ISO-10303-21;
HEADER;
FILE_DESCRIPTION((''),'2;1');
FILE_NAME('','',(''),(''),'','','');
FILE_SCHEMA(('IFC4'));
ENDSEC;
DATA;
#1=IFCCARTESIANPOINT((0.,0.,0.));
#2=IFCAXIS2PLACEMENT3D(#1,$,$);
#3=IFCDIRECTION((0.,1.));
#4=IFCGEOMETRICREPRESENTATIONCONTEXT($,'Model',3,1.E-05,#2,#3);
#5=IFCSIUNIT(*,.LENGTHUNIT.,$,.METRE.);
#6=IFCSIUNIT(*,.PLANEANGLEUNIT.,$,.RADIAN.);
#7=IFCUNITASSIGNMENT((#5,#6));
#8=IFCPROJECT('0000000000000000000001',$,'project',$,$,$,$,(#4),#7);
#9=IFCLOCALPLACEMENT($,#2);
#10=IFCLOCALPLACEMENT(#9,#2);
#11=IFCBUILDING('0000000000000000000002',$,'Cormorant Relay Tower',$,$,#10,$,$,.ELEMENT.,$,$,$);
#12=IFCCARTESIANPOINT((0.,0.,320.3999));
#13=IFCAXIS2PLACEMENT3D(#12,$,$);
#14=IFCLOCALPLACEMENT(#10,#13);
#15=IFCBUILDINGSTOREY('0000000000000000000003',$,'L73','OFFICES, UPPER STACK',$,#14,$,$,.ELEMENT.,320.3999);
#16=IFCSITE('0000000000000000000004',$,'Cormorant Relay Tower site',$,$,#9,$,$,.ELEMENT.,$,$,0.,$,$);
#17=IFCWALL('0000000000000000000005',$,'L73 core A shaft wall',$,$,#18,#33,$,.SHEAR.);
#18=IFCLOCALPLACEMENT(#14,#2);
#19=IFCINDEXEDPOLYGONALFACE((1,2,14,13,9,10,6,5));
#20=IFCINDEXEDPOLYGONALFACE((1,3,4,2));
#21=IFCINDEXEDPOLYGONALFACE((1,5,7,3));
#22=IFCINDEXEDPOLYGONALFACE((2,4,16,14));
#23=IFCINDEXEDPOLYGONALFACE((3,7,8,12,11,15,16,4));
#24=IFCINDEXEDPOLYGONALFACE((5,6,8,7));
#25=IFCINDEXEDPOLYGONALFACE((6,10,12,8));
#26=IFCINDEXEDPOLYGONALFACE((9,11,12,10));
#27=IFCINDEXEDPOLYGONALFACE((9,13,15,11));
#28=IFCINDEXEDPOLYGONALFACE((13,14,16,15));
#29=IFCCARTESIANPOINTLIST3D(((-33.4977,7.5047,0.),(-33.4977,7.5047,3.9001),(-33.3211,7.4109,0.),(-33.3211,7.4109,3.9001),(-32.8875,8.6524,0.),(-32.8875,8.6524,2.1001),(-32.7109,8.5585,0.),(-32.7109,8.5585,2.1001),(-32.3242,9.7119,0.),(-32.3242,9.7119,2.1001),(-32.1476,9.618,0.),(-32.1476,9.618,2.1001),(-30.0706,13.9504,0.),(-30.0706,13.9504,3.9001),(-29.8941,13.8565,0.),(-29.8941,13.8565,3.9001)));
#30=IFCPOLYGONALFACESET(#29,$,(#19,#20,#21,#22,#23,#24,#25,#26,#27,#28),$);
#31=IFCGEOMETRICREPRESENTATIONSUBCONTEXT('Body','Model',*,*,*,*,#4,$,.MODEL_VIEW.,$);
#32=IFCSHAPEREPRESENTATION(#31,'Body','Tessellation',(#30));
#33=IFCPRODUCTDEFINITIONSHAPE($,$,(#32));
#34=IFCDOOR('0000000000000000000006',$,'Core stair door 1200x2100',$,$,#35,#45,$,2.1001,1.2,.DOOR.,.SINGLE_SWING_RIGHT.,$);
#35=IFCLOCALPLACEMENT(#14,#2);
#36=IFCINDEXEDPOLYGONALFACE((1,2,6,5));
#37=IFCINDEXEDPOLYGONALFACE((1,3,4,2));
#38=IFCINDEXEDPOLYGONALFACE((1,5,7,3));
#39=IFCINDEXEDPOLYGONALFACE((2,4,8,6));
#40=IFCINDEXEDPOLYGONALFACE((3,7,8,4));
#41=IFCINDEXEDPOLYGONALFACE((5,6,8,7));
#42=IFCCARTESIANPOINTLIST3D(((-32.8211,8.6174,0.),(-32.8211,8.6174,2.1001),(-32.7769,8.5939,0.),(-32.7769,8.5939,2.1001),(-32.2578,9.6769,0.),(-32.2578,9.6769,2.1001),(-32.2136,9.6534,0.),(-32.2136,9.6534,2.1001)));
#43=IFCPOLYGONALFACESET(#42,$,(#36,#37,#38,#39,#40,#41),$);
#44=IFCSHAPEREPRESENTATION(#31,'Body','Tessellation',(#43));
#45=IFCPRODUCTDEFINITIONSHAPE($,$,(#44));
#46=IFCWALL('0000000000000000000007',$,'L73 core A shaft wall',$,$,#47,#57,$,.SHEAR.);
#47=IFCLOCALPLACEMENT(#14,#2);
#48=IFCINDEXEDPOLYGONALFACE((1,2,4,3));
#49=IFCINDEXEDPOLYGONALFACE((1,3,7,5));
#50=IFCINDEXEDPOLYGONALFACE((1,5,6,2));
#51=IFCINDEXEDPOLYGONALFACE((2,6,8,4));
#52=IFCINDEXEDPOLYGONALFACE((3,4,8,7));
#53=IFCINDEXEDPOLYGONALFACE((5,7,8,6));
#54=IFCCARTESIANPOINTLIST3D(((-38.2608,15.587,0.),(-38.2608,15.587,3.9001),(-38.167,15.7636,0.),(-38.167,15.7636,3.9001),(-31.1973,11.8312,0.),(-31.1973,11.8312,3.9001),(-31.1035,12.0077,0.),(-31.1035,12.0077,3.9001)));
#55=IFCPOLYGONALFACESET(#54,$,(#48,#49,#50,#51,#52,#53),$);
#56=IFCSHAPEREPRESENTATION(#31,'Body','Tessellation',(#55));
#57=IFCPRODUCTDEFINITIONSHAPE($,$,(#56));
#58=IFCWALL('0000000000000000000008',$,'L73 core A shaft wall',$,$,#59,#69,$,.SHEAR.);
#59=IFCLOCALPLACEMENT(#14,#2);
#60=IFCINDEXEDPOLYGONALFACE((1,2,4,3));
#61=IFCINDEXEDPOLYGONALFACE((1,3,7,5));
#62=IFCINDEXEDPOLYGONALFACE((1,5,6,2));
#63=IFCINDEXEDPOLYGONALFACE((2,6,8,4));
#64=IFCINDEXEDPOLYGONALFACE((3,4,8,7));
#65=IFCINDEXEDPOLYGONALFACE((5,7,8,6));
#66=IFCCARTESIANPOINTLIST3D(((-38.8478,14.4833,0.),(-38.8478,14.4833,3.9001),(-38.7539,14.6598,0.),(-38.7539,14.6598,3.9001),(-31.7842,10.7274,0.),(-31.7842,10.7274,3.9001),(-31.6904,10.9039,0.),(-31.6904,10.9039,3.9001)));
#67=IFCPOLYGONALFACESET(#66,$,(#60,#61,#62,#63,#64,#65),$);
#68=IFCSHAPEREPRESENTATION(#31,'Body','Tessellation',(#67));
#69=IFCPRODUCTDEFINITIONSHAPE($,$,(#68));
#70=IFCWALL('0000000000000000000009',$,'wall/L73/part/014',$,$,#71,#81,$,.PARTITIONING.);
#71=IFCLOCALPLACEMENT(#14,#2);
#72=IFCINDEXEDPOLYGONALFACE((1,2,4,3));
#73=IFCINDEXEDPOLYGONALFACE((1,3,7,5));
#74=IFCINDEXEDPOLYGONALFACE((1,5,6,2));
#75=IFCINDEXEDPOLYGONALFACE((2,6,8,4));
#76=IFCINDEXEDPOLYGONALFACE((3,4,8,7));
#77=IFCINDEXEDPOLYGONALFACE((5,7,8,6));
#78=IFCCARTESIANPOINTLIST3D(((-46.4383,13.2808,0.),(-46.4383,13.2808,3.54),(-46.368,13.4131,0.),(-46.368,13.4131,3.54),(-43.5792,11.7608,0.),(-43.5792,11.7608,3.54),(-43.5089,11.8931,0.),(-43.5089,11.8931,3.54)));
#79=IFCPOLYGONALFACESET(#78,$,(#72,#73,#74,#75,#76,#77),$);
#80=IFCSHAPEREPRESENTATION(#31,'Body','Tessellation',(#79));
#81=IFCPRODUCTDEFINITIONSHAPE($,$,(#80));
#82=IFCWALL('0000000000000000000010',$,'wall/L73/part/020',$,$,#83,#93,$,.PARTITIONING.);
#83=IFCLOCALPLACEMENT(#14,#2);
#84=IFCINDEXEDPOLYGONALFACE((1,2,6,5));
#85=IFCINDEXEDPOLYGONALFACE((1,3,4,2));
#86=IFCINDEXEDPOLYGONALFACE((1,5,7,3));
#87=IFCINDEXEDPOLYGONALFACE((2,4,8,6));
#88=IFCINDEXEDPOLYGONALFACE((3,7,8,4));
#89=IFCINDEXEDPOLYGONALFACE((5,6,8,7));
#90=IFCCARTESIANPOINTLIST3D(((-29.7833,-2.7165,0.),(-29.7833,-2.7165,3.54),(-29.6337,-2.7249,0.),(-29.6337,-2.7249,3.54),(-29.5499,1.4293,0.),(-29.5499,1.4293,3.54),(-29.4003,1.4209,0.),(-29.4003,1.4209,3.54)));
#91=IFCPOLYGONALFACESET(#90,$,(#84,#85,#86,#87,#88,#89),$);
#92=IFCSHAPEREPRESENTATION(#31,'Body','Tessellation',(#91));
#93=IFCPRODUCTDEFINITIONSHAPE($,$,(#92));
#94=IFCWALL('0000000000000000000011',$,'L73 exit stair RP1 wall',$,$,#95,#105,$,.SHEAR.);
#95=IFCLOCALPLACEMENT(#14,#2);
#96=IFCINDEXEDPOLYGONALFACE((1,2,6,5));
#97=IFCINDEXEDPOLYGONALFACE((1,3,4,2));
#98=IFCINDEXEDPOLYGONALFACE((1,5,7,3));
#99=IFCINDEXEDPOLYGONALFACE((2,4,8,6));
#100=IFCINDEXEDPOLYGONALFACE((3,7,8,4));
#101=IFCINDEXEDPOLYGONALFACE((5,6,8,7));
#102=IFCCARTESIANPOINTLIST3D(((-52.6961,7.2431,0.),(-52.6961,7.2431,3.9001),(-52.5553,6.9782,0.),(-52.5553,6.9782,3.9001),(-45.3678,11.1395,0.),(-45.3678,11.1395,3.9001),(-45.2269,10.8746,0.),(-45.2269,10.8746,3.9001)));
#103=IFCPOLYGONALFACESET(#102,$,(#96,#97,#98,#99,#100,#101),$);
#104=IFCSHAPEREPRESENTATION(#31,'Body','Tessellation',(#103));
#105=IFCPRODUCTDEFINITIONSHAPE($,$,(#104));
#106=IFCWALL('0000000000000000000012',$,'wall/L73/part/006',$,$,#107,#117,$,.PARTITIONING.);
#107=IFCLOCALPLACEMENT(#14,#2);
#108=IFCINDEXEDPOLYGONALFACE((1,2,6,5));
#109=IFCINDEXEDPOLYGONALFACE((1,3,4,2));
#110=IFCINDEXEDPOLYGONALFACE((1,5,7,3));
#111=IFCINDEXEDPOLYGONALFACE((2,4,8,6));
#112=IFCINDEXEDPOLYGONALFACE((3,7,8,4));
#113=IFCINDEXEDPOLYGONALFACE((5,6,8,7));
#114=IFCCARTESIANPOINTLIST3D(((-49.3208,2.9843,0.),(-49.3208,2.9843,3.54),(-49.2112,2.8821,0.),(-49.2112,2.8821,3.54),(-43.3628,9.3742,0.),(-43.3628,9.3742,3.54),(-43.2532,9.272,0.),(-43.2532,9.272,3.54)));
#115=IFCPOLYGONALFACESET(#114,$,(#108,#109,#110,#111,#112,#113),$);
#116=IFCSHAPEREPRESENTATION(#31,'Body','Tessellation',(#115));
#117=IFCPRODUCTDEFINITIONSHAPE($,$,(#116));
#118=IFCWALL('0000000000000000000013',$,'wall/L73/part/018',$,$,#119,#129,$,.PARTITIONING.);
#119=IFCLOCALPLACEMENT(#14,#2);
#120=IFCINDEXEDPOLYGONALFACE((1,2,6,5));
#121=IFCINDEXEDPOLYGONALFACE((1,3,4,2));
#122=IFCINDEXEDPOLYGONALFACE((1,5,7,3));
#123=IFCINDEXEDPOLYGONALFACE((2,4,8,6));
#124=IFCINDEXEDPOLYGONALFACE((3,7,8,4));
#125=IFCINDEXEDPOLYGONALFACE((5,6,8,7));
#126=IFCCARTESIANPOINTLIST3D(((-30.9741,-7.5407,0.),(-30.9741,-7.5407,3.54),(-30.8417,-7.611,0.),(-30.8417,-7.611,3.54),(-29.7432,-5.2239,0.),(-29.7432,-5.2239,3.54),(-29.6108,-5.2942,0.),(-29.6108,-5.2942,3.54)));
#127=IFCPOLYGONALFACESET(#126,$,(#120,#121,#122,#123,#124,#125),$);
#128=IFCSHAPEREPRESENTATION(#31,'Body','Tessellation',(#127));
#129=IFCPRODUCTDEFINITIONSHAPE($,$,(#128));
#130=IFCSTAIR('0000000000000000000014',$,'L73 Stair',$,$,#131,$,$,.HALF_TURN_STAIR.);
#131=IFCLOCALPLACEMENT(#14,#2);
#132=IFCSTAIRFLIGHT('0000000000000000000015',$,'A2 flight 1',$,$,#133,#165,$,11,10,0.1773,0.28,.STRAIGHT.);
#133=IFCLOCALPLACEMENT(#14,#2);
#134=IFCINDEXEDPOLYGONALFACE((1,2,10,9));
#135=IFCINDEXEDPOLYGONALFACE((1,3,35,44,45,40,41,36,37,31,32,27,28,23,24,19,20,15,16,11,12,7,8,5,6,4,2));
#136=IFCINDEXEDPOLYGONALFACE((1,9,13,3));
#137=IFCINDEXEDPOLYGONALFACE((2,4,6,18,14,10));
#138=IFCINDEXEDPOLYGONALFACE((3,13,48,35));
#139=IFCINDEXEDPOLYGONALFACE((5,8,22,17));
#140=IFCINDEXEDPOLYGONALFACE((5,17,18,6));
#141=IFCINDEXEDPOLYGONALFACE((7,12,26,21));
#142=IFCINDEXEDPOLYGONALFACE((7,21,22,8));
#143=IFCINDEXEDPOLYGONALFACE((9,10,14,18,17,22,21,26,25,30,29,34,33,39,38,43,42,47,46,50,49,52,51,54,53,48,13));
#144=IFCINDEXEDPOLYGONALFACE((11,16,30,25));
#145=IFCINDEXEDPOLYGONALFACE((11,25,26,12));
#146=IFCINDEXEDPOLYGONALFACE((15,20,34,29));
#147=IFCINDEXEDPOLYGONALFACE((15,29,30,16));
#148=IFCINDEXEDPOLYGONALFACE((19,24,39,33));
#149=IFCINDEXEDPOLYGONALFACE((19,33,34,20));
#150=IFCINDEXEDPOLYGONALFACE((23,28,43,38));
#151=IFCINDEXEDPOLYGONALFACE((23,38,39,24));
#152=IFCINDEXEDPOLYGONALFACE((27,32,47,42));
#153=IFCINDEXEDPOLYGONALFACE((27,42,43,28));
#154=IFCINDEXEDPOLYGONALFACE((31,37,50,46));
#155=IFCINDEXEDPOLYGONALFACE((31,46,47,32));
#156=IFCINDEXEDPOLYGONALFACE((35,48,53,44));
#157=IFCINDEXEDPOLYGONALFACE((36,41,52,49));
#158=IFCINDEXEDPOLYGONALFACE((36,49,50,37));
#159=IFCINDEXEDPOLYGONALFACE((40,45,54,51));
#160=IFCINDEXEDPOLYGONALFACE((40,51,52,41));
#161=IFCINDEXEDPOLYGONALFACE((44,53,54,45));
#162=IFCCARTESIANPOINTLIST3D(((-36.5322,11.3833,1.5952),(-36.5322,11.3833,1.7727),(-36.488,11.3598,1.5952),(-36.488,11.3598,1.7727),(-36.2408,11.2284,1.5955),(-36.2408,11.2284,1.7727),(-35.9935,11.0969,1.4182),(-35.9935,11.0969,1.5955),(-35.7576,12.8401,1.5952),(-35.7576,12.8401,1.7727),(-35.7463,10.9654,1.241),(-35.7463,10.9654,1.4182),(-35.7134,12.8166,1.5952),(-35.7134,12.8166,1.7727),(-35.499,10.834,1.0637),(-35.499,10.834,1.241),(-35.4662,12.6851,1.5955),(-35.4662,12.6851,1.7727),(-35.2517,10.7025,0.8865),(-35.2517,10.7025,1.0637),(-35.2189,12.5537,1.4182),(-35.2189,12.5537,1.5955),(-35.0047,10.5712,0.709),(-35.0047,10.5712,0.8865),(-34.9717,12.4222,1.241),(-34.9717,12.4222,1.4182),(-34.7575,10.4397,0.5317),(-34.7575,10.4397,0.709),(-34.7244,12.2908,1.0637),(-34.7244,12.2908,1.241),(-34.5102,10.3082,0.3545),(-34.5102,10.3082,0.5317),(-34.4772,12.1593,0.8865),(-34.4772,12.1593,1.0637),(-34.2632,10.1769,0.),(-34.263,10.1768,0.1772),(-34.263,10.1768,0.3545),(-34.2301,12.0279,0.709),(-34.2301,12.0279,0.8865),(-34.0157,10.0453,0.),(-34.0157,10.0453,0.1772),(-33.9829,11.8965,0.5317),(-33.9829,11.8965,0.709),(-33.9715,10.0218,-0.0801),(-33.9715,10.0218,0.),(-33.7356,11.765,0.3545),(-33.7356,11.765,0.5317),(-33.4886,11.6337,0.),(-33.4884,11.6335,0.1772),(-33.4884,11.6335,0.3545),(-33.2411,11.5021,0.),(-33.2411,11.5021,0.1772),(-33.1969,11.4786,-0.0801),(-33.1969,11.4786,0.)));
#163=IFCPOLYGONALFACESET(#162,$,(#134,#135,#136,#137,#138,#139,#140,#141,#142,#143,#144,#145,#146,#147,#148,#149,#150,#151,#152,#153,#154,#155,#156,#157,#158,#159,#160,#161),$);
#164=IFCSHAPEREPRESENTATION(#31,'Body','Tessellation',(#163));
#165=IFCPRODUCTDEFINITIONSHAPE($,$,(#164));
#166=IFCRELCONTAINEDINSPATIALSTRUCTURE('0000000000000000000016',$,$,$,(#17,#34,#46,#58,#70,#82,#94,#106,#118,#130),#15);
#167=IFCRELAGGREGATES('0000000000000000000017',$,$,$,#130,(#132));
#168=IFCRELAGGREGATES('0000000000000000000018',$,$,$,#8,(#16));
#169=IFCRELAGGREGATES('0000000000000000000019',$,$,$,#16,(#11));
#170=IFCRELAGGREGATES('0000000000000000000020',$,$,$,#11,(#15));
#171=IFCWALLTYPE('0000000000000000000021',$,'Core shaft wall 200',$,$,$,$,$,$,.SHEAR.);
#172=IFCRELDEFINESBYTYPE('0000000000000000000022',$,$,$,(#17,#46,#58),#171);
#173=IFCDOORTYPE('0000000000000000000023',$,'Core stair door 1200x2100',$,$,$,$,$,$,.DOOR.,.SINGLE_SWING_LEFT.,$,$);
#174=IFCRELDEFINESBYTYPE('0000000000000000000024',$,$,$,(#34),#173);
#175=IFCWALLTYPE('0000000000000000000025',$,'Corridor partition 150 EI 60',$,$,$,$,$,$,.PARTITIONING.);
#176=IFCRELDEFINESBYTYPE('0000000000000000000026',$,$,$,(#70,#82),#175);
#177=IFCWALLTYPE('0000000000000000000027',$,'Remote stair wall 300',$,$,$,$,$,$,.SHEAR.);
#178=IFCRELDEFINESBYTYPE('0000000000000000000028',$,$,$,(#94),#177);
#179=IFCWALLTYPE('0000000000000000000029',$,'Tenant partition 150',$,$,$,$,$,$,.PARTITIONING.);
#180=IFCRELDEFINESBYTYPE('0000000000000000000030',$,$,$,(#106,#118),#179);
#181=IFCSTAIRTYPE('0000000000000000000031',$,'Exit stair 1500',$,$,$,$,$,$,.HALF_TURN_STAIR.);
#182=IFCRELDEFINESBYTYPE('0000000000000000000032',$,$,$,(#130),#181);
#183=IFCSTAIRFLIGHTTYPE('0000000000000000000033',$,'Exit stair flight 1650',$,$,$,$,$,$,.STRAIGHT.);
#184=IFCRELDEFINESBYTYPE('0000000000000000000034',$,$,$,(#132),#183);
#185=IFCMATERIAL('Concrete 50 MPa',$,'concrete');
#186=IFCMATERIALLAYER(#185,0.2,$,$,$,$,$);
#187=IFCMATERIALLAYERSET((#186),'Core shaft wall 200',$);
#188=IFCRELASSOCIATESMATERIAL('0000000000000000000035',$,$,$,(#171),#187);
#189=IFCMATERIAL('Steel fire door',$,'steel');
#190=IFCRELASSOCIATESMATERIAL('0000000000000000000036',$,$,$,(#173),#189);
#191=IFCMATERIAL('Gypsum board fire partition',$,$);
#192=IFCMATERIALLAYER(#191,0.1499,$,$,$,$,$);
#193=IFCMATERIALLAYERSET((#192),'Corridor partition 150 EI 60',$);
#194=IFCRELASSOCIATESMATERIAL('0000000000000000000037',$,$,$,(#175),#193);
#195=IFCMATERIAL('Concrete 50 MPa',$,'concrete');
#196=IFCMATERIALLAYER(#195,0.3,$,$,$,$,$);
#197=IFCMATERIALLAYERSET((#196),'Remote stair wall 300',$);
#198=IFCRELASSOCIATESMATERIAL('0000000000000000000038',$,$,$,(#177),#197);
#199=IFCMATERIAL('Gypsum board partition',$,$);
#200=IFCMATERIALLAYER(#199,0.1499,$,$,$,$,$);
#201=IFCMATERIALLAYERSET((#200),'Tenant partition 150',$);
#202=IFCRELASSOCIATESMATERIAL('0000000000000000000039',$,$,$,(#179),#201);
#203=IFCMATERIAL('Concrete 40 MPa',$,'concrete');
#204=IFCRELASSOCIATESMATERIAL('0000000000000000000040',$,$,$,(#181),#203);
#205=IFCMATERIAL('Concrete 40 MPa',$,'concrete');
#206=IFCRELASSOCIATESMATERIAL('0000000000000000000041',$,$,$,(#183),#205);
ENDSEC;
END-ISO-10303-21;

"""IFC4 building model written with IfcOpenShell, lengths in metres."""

from ifc_helpers import new_model, si_unit, direction, frame, frame_2d, origin, place, context, subcontext, project, spatial, polyline, rectangle, outline, extrude, material, layer, layer_set, type_object, element, fill, aggregate, save


model = new_model("IFC4")

# Units and contexts
model_context = context("Model", 3, precision=1e-05, world=origin(), true_north=direction((0.0, 1.0)))
body_context = subcontext(model_context, "Body", "Model", "MODEL_VIEW")
ifc_project = project(units=[si_unit("LENGTHUNIT", "METRE"), si_unit("PLANEANGLEUNIT", "RADIAN")], contexts=[model_context])

# Site, building, storey
site_placement = place(None, origin())
site = spatial("IfcSite", under=ifc_project, at=site_placement, Name="Cormorant Relay Tower site", CompositionType="ELEMENT", RefElevation=0.0)
building_placement = place(site_placement, origin())
building = spatial("IfcBuilding", under=site, at=building_placement, Name="Cormorant Relay Tower", CompositionType="ELEMENT")
storey_placement = place(building_placement, frame((0.0, 0.0, 320.3999)))
storey = spatial("IfcBuildingStorey", under=building, at=storey_placement, Name="L73", Description="OFFICES, UPPER STACK", CompositionType="ELEMENT", Elevation=320.3999)

# Wall, opening, door
ifc_material_1 = material(Name="Concrete 50 MPa", Category="concrete")
ifc_layer_1 = layer(ifc_material_1, 0.2)
ifc_layer_set_1 = layer_set([ifc_layer_1], Name="Core shaft wall 200")
wall_type_1 = type_object("IfcWallType", Name="Core shaft wall 200", PredefinedType="SHEAR", material=ifc_layer_set_1)
wall_1_placement = place(storey_placement, frame((-29.9824, 13.9033, 0.0), z_axis=(0.0, 0.0, 1.0), x_axis=(-0.469454, -0.882957, 0.0)))
wall_1 = element("IfcWall", 1, at=wall_1_placement, inside=storey, type_object=wall_type_1, Name="L73 core A shaft wall", PredefinedType="SHEAR", context=body_context, shape_type="SweptSolid", body=[
    extrude(rectangle(XDim=7.3, YDim=0.2, at=frame_2d((3.6499, 0.0))), origin(), (0.0, 0.0, 1.0), 3.9001),
])
opening_placement = place(wall_1_placement, frame((4.8, 0.0, 0.0)))
opening = element("IfcOpeningElement", 2, at=opening_placement, cuts=wall_1, PredefinedType="OPENING", context=body_context, shape_type="SweptSolid", body=[
    extrude(rectangle(XDim=1.2, YDim=2.1001, at=frame_2d((0.6001, 1.05))), frame((0.0, 0.1099, 0.0), z_axis=(0.0, -1.0, 0.0), x_axis=(1.0, 0.0, 0.0)), (0.0, 0.0, 1.0), 0.22),
])
ifc_material_2 = material(Name="Steel fire door", Category="steel")
door_type = type_object("IfcDoorType", Name="Core stair door 1200x2100", OperationType="SINGLE_SWING_LEFT", PredefinedType="DOOR", material=ifc_material_2)
door_placement = place(opening_placement, frame((1.2, 0.0, 0.0), z_axis=(0.0, 0.0, 1.0), x_axis=(-1.0, 0.0, 0.0)))
door = element("IfcDoor", 3, at=door_placement, inside=storey, type_object=door_type, Name="Core stair door 1200x2100", OperationType="SINGLE_SWING_RIGHT", OverallHeight=2.1001, OverallWidth=1.2, PredefinedType="DOOR", context=body_context, shape_type="SweptSolid", body=[
    extrude(rectangle(XDim=1.2, YDim=2.1001, at=frame_2d((0.6001, 1.05))), frame((0.0, 0.0249, 0.0), z_axis=(0.0, -1.0, 0.0), x_axis=(1.0, 0.0, 0.0)), (0.0, 0.0, 1.0), 0.05),
])
fill(opening, door)

# Walls
for number, where, z_axis, x_axis, name in (
    (4, (-31.1504, 11.9194, 0.0), (0.0, 0.0, 1.0), (-0.88294, 0.469485, 0.0), "L73 core A shaft wall"),
    (5, (-31.7373, 10.8157, 0.0), (0.0, 0.0, 1.0), (-0.88294, 0.469485, 0.0), "L73 core A shaft wall"),
):
    element("IfcWall", number, at=place(storey_placement, frame(where, z_axis=z_axis, x_axis=x_axis)), inside=storey, type_object=wall_type_1, Name=name, PredefinedType="SHEAR", context=body_context, shape_type="SweptSolid", body=[
        extrude(rectangle(XDim=8.0, YDim=0.2, at=frame_2d((4.0, 0.0))), origin(), (0.0, 0.0, 1.0), 3.9001),
    ])
ifc_material_3 = material(Name="Gypsum board fire partition")
ifc_layer_2 = layer(ifc_material_3, 0.1499)
ifc_layer_set_2 = layer_set([ifc_layer_2], Name="Corridor partition 150 EI 60")
wall_type_2 = type_object("IfcWallType", Name="Corridor partition 150 EI 60", PredefinedType="PARTITIONING", material=ifc_layer_set_2)
wall_2_placement = place(storey_placement, frame((-43.5439, 11.8269, 0.0), z_axis=(0.0, 0.0, 1.0), x_axis=(-0.882974, 0.469422, 0.0)))
element("IfcWall", 6, at=wall_2_placement, inside=storey, type_object=wall_type_2, Name="wall/L73/part/014", PredefinedType="PARTITIONING", context=body_context, shape_type="SweptSolid", body=[
    extrude(rectangle(XDim=3.238, YDim=0.1499, at=frame_2d((1.6191, 0.0))), origin(), (0.0, 0.0, 1.0), 3.54),
])
wall_3_placement = place(storey_placement, frame((-29.7085, -2.7207, 0.0), z_axis=(0.0, 0.0, 1.0), x_axis=(0.056209, 0.998419, 0.0)))
element("IfcWall", 7, at=wall_3_placement, inside=storey, type_object=wall_type_2, Name="wall/L73/part/020", PredefinedType="PARTITIONING", context=body_context, shape_type="SweptSolid", body=[
    extrude(rectangle(XDim=4.1523, YDim=0.1499, at=frame_2d((2.0762, 0.0))), origin(), (0.0, 0.0, 1.0), 3.54),
])
ifc_material_4 = material(Name="Concrete 50 MPa", Category="concrete")
ifc_layer_3 = layer(ifc_material_4, 0.3)
ifc_layer_set_3 = layer_set([ifc_layer_3], Name="Remote stair wall 300")
wall_type_3 = type_object("IfcWallType", Name="Remote stair wall 300", PredefinedType="SHEAR", material=ifc_layer_set_3)
wall_4_placement = place(storey_placement, frame((-45.2974, 11.0071, 0.0), z_axis=(0.0, 0.0, 1.0), x_axis=(-0.882952, -0.469464, 0.0)))
element("IfcWall", 8, at=wall_4_placement, inside=storey, type_object=wall_type_3, Name="L73 exit stair RP1 wall", PredefinedType="SHEAR", context=body_context, shape_type="SweptSolid", body=[
    extrude(rectangle(XDim=8.2998, YDim=0.3, at=frame_2d((4.1499, 0.0))), origin(), (0.0, 0.0, 1.0), 3.9001),
])
ifc_material_5 = material(Name="Gypsum board partition")
ifc_layer_4 = layer(ifc_material_5, 0.1499)
ifc_layer_set_4 = layer_set([ifc_layer_4], Name="Tenant partition 150")
wall_type_4 = type_object("IfcWallType", Name="Tenant partition 150", PredefinedType="PARTITIONING", material=ifc_layer_set_4)
wall_5_placement = place(storey_placement, frame((-43.3081, 9.323, 0.0), z_axis=(0.0, 0.0, 1.0), x_axis=(-0.681958, -0.731392, 0.0)))
element("IfcWall", 9, at=wall_5_placement, inside=storey, type_object=wall_type_4, Name="wall/L73/part/006", PredefinedType="PARTITIONING", context=body_context, shape_type="SweptSolid", body=[
    extrude(rectangle(XDim=8.7366, YDim=0.1499, at=frame_2d((4.3682, 0.0))), origin(), (0.0, 0.0, 1.0), 3.54),
])
wall_6_placement = place(storey_placement, frame((-29.677, -5.259, 0.0), z_axis=(0.0, 0.0, 1.0), x_axis=(-0.469187, -0.883099, 0.0)))
element("IfcWall", 10, at=wall_6_placement, inside=storey, type_object=wall_type_4, Name="wall/L73/part/018", PredefinedType="PARTITIONING", context=body_context, shape_type="SweptSolid", body=[
    extrude(rectangle(XDim=2.6235, YDim=0.1499, at=frame_2d((1.3118, 0.0))), origin(), (0.0, 0.0, 1.0), 3.54),
])

# Stair, stair flight
ifc_material_6 = material(Name="Concrete 40 MPa", Category="concrete")
stair_type = type_object("IfcStairType", Name="Exit stair 1500", PredefinedType="HALF_TURN_STAIR", material=ifc_material_6)
stair_placement = place(storey_placement, origin())
stair = element("IfcStair", 11, at=stair_placement, inside=storey, type_object=stair_type, Name="L73 Stair", PredefinedType="HALF_TURN_STAIR")
ifc_material_7 = material(Name="Concrete 40 MPa", Category="concrete")
stair_flight_type = type_object("IfcStairFlightType", Name="Exit stair flight 1650", PredefinedType="STRAIGHT", material=ifc_material_7)
stair_flight_1_placement = place(storey_placement, frame((-33.6284, 10.7737, 0.0), z_axis=(0.0, 0.0, 1.0), x_axis=(-0.882948, 0.469472, 0.0)))
stair_flight_1 = element("IfcStairFlight", 12, at=stair_flight_1_placement, type_object=stair_flight_type, Name="A2 flight 1", NumberOfRisers=11, NumberOfTreads=10, PredefinedType="STRAIGHT", RiserHeight=0.1773, TreadLength=0.28, context=body_context, shape_type="SweptSolid", body=[
    extrude(outline(polyline([(-0.05, -0.0801), (-0.05, 0.0), (0.0, 0.0), (0.0, 0.1772), (0.28, 0.1772), (0.28, 0.3545), (0.5601, 0.3545), (0.5601, 0.5317), (0.8401, 0.5317), (0.8401, 0.709), (1.1201, 0.709), (1.1201, 0.8865), (1.3999, 0.8865), (1.3999, 1.0637), (1.6799, 1.0637), (1.6799, 1.241), (1.96, 1.241), (1.96, 1.4182), (2.24, 1.4182), (2.24, 1.5955), (2.52, 1.5955), (2.52, 1.7727), (2.8, 1.7727), (2.8501, 1.7727), (2.8501, 1.5952), (2.8, 1.5952), (0.2803, 0.0), (-0.05, -0.0801)])), frame((0.0, 0.825, 0.0), z_axis=(0.0, -1.0, 0.0), x_axis=(1.0, 0.0, 0.0)), (0.0, 0.0, 1.0), 1.6499),
])
aggregate(stair, [stair_flight_1])

save(model, "model.ifc")
